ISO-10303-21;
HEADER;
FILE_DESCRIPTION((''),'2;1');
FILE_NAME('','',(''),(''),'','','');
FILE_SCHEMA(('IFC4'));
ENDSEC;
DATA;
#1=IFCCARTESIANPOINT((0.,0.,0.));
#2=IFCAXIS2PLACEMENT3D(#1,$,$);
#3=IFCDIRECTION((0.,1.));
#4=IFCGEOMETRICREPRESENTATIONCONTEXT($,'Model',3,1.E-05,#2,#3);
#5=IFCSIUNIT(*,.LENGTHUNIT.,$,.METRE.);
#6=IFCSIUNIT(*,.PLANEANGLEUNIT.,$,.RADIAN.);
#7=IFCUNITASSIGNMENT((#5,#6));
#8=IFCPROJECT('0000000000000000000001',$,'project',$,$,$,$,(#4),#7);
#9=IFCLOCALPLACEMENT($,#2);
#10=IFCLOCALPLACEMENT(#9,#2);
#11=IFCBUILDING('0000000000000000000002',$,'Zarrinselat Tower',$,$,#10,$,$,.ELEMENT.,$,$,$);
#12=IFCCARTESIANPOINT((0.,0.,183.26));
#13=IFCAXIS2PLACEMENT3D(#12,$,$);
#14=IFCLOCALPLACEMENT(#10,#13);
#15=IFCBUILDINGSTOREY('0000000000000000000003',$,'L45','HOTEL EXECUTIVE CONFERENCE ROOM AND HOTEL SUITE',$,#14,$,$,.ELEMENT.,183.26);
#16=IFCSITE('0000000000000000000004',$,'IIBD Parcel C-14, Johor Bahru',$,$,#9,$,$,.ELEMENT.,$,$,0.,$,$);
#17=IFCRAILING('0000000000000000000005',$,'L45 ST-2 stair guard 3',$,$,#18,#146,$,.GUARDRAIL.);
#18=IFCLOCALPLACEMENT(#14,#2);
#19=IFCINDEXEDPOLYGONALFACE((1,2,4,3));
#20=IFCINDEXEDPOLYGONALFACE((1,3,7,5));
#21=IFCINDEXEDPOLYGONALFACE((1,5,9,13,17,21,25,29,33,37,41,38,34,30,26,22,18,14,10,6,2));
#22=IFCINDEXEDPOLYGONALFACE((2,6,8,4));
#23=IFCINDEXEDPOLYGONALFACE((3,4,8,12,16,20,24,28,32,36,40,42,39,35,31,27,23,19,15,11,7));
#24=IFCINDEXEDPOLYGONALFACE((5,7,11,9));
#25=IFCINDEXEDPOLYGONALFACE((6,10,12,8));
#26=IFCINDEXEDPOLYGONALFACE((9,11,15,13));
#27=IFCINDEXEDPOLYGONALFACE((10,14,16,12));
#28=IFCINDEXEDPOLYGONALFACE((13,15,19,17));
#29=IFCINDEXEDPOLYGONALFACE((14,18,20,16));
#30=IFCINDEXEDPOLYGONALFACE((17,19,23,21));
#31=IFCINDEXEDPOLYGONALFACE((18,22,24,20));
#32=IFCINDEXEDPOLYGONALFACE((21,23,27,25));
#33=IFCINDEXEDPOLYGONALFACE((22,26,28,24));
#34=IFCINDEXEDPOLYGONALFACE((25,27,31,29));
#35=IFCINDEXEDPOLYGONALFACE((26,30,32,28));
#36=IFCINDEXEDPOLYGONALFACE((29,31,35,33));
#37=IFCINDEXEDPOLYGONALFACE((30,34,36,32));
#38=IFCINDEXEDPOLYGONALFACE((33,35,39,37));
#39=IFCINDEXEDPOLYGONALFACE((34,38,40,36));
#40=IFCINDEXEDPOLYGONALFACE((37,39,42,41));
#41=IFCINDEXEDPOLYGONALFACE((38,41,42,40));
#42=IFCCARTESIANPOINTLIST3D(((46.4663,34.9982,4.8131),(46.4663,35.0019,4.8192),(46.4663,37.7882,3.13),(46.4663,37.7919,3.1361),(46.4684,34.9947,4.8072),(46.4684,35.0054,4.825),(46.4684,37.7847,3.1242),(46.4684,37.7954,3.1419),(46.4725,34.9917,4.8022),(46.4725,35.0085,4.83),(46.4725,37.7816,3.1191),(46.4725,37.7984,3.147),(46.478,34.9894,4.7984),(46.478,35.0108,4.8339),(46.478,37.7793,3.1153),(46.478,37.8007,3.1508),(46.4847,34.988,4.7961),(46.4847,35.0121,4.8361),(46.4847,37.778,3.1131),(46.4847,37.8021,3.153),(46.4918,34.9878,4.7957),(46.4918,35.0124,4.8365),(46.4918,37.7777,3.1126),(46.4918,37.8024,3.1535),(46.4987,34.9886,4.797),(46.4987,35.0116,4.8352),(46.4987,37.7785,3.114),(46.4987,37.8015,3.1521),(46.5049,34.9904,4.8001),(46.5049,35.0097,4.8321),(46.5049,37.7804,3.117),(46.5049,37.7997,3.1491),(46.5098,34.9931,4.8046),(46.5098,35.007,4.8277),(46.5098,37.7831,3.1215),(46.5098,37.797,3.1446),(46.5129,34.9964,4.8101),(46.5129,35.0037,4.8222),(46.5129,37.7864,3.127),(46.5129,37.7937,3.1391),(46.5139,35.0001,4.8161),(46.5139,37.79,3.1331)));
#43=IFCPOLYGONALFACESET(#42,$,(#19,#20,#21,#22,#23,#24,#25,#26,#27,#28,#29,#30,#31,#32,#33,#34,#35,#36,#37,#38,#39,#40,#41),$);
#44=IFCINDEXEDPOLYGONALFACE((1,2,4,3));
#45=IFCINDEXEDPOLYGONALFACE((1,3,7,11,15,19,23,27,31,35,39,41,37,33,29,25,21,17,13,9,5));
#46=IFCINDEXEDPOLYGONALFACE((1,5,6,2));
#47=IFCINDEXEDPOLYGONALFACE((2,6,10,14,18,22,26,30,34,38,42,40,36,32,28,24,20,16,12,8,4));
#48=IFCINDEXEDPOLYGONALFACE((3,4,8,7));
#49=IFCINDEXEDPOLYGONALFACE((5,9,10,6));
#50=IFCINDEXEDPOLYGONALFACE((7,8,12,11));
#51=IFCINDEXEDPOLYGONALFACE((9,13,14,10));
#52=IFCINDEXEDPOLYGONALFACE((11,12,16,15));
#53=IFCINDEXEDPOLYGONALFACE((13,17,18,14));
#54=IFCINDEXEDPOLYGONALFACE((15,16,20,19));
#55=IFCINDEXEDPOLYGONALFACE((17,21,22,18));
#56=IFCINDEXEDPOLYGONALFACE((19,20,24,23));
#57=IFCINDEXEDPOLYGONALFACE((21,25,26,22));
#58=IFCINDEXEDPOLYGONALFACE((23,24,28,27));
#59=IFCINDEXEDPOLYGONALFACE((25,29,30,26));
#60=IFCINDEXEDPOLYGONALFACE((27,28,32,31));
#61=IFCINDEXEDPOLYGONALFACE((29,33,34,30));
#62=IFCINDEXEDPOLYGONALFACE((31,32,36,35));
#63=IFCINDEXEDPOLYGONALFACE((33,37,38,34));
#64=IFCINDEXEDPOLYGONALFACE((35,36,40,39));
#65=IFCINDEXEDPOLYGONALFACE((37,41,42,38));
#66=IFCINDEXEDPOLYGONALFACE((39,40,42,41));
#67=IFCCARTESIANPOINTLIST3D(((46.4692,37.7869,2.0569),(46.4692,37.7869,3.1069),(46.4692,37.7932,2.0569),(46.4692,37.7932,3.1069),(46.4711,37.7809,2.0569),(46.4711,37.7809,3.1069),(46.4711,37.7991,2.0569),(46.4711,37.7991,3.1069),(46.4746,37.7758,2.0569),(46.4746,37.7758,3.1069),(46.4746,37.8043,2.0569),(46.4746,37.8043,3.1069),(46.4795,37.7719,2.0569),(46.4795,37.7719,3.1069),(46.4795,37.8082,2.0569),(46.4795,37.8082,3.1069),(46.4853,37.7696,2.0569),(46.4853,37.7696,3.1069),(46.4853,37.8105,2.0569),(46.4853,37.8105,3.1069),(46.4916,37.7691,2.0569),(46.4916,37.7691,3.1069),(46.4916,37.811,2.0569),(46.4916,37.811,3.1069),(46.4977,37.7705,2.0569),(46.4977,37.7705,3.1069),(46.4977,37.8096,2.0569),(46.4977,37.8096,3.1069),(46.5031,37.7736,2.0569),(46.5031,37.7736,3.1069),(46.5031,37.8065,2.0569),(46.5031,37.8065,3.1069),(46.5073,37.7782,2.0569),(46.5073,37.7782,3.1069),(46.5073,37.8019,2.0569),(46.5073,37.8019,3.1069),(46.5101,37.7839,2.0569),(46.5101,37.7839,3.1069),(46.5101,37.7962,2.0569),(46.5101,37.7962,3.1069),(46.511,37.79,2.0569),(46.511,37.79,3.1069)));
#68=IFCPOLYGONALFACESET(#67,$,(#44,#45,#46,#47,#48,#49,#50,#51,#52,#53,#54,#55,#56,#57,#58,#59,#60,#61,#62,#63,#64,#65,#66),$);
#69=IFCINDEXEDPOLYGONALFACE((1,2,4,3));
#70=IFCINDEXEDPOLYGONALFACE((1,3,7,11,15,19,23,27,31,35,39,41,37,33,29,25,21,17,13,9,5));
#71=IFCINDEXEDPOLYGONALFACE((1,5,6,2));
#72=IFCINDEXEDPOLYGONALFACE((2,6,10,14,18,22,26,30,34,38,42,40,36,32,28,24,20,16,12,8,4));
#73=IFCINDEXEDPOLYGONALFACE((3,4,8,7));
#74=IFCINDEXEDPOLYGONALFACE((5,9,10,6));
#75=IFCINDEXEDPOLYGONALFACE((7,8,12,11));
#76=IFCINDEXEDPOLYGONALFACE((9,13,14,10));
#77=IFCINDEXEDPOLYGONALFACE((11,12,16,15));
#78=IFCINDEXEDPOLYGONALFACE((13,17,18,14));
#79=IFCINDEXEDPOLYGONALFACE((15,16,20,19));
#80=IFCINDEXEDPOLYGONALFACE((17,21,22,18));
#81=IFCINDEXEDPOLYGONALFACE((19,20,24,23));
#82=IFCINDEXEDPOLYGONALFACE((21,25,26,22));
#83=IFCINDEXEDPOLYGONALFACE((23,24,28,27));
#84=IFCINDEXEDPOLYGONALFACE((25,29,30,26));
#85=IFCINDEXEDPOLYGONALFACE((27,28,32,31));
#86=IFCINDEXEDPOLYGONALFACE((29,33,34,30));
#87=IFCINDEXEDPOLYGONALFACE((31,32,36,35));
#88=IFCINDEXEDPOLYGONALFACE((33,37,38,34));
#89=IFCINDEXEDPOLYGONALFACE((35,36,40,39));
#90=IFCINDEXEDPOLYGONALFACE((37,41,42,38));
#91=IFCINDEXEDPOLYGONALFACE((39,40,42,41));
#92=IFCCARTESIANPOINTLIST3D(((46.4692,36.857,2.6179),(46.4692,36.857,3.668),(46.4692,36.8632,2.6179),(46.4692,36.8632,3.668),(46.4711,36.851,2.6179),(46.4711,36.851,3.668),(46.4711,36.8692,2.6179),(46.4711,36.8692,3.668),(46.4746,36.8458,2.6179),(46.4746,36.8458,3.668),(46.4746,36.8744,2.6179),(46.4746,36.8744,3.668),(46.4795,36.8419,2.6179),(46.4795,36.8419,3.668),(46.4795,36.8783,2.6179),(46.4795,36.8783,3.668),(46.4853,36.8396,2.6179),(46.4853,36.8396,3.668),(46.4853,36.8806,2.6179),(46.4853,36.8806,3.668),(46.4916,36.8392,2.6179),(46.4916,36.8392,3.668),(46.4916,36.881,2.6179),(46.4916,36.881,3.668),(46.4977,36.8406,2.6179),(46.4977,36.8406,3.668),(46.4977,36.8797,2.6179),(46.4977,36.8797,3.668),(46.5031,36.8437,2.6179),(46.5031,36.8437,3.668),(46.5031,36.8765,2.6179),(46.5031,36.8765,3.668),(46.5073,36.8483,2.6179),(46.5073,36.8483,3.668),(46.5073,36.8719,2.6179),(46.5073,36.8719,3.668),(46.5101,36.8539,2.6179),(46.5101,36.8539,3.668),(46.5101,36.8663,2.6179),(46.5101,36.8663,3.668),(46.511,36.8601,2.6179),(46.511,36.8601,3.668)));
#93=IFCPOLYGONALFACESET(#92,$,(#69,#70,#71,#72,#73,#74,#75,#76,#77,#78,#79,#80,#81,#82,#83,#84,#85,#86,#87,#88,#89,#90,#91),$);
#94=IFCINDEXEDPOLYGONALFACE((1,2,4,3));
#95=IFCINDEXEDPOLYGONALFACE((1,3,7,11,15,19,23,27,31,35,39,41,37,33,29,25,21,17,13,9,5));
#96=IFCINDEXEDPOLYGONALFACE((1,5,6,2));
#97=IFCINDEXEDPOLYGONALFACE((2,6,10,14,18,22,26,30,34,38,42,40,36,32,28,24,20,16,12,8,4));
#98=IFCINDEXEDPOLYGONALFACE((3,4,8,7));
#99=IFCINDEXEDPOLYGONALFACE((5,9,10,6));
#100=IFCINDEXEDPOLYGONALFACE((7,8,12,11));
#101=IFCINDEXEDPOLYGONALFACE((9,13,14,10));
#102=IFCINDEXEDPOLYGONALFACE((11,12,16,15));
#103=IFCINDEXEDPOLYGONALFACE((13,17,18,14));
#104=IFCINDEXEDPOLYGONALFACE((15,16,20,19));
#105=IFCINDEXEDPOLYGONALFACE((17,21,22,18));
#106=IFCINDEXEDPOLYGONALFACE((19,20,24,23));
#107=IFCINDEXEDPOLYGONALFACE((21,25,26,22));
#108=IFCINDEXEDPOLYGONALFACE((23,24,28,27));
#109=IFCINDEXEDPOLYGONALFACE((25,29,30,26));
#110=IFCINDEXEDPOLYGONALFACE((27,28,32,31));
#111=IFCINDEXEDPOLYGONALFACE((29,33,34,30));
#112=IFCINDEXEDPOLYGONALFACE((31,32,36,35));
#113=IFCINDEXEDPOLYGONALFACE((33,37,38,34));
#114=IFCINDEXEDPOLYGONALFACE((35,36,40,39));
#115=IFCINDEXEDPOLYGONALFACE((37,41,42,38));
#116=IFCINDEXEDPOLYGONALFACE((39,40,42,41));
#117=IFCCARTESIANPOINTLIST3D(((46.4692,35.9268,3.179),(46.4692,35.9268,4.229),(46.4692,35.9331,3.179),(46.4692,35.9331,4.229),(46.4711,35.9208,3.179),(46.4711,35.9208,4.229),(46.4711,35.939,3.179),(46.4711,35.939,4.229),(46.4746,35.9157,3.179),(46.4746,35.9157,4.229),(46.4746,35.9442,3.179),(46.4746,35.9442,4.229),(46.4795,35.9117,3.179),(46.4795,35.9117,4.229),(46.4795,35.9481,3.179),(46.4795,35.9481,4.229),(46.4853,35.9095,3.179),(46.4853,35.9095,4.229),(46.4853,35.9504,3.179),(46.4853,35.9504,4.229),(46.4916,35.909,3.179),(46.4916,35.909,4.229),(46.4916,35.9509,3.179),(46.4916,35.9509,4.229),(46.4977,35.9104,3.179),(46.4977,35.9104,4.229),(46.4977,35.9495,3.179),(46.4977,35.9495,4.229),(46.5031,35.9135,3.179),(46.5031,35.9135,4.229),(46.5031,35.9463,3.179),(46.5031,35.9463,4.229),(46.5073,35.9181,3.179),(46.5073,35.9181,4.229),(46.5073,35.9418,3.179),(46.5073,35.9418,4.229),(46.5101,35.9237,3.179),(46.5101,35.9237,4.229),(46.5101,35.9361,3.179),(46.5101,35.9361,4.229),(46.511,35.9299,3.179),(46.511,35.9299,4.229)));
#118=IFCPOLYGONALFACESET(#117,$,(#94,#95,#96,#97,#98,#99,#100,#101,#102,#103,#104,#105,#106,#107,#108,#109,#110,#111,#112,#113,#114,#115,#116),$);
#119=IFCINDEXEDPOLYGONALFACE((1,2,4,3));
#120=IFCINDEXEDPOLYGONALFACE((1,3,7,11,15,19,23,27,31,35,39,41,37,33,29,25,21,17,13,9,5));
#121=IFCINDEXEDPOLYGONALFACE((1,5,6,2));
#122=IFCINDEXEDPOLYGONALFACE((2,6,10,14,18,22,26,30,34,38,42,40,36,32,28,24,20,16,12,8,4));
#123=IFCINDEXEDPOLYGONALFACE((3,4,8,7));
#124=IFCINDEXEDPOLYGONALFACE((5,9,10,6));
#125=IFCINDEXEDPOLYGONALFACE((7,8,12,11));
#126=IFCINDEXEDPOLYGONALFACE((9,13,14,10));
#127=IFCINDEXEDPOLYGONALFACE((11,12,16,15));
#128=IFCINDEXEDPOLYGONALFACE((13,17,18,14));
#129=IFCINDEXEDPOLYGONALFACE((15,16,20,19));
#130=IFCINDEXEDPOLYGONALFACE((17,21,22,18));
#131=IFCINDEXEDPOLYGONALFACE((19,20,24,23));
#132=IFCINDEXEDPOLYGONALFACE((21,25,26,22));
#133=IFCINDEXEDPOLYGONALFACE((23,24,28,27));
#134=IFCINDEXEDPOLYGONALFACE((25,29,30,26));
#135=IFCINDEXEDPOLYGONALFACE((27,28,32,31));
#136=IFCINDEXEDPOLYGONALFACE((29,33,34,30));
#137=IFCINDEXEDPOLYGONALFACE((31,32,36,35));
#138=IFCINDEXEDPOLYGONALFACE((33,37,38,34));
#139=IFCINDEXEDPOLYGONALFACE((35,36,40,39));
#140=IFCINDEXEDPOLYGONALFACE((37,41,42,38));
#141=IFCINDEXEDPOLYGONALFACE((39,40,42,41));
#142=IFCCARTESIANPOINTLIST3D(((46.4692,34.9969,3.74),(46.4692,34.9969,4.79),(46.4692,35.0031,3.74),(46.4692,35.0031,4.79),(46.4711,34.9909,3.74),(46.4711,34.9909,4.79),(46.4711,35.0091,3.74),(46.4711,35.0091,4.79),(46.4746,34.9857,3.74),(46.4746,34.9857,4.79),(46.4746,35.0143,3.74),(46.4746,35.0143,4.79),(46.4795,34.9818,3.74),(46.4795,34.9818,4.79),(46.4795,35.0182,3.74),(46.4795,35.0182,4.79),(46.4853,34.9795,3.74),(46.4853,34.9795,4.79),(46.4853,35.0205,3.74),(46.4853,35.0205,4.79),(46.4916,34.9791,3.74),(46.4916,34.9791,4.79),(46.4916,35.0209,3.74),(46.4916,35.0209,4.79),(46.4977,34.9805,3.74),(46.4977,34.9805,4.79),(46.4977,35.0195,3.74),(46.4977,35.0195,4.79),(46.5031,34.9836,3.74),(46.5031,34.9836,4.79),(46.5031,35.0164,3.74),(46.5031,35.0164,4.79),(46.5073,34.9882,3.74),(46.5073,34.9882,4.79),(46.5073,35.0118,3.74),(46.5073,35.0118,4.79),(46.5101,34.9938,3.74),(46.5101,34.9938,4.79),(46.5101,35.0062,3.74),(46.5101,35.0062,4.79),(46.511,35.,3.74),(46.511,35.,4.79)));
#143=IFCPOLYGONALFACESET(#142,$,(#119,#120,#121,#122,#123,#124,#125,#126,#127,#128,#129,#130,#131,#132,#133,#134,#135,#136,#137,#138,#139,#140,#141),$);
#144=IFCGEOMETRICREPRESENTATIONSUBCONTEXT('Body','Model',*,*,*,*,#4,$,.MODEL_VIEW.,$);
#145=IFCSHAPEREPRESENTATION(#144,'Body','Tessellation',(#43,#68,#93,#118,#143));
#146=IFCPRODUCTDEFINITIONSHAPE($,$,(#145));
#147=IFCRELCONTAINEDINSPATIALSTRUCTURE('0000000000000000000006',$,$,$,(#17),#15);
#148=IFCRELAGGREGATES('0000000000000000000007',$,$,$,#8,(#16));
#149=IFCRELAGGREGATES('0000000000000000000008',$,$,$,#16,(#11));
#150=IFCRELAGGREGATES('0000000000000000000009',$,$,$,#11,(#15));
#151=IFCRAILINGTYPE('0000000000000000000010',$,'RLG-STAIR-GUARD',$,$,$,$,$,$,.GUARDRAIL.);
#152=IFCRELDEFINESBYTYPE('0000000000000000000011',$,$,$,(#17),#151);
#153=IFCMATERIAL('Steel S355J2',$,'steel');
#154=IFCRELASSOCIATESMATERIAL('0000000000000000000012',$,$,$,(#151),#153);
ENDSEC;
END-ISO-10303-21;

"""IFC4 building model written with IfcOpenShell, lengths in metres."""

from ifc_helpers import new_model, si_unit, direction, frame, origin, origin_2d, place, context, subcontext, project, spatial, circle, extrude, material, type_object, element, save


model = new_model("IFC4")

# Units and contexts
model_context = context("Model", 3, precision=1e-05, world=origin(), true_north=direction((0.0, 1.0)))
body_context = subcontext(model_context, "Body", "Model", "MODEL_VIEW")
ifc_project = project(units=[si_unit("LENGTHUNIT", "METRE"), si_unit("PLANEANGLEUNIT", "RADIAN")], contexts=[model_context])

# Site, building, storey
site_placement = place(None, origin())
site = spatial("IfcSite", under=ifc_project, at=site_placement, Name="IIBD Parcel C-14, Johor Bahru", CompositionType="ELEMENT", RefElevation=0.0)
building_placement = place(site_placement, origin())
building = spatial("IfcBuilding", under=site, at=building_placement, Name="Zarrinselat Tower", CompositionType="ELEMENT")
storey_placement = place(building_placement, frame((0.0, 0.0, 183.26)))
storey = spatial("IfcBuildingStorey", under=building, at=storey_placement, Name="L45", Description="HOTEL EXECUTIVE CONFERENCE ROOM AND HOTEL SUITE", CompositionType="ELEMENT", Elevation=183.26)

# Railing
ifc_material_1 = material(Name="Steel S355J2", Category="steel")
railing_type_1 = type_object("IfcRailingType", Name="RLG-STAIR-GUARD", PredefinedType="GUARDRAIL", material=ifc_material_1)
railing_1_placement = place(storey_placement, frame((46.49, 37.79, 2.0569)))
element("IfcRailing", 1, at=railing_1_placement, inside=storey, type_object=railing_type_1, Name="L45 ST-2 stair guard 3", PredefinedType="GUARDRAIL", context=body_context, shape_type="SweptSolid", body=[
    extrude(circle(Radius=0.0239, at=origin_2d()), frame((0.0, 0.0, 1.0762), z_axis=(0.0, -0.856261, 0.516544), x_axis=(1.0, 0.0, 0.0)), (0.0, 0.0, 1.0), 3.2583),
    extrude(circle(Radius=0.021, at=origin_2d()), origin(), (0.0, 0.0, 1.0), 1.05),
    extrude(circle(Radius=0.021, at=origin_2d()), frame((0.0, -0.9299, 0.561)), (0.0, 0.0, 1.0), 1.05),
    extrude(circle(Radius=0.021, at=origin_2d()), frame((0.0, -1.8601, 1.1221)), (0.0, 0.0, 1.0), 1.05),
    extrude(circle(Radius=0.021, at=origin_2d()), frame((0.0, -2.79, 1.6831)), (0.0, 0.0, 1.0), 1.05),
])

save(model, "model.ifc")
